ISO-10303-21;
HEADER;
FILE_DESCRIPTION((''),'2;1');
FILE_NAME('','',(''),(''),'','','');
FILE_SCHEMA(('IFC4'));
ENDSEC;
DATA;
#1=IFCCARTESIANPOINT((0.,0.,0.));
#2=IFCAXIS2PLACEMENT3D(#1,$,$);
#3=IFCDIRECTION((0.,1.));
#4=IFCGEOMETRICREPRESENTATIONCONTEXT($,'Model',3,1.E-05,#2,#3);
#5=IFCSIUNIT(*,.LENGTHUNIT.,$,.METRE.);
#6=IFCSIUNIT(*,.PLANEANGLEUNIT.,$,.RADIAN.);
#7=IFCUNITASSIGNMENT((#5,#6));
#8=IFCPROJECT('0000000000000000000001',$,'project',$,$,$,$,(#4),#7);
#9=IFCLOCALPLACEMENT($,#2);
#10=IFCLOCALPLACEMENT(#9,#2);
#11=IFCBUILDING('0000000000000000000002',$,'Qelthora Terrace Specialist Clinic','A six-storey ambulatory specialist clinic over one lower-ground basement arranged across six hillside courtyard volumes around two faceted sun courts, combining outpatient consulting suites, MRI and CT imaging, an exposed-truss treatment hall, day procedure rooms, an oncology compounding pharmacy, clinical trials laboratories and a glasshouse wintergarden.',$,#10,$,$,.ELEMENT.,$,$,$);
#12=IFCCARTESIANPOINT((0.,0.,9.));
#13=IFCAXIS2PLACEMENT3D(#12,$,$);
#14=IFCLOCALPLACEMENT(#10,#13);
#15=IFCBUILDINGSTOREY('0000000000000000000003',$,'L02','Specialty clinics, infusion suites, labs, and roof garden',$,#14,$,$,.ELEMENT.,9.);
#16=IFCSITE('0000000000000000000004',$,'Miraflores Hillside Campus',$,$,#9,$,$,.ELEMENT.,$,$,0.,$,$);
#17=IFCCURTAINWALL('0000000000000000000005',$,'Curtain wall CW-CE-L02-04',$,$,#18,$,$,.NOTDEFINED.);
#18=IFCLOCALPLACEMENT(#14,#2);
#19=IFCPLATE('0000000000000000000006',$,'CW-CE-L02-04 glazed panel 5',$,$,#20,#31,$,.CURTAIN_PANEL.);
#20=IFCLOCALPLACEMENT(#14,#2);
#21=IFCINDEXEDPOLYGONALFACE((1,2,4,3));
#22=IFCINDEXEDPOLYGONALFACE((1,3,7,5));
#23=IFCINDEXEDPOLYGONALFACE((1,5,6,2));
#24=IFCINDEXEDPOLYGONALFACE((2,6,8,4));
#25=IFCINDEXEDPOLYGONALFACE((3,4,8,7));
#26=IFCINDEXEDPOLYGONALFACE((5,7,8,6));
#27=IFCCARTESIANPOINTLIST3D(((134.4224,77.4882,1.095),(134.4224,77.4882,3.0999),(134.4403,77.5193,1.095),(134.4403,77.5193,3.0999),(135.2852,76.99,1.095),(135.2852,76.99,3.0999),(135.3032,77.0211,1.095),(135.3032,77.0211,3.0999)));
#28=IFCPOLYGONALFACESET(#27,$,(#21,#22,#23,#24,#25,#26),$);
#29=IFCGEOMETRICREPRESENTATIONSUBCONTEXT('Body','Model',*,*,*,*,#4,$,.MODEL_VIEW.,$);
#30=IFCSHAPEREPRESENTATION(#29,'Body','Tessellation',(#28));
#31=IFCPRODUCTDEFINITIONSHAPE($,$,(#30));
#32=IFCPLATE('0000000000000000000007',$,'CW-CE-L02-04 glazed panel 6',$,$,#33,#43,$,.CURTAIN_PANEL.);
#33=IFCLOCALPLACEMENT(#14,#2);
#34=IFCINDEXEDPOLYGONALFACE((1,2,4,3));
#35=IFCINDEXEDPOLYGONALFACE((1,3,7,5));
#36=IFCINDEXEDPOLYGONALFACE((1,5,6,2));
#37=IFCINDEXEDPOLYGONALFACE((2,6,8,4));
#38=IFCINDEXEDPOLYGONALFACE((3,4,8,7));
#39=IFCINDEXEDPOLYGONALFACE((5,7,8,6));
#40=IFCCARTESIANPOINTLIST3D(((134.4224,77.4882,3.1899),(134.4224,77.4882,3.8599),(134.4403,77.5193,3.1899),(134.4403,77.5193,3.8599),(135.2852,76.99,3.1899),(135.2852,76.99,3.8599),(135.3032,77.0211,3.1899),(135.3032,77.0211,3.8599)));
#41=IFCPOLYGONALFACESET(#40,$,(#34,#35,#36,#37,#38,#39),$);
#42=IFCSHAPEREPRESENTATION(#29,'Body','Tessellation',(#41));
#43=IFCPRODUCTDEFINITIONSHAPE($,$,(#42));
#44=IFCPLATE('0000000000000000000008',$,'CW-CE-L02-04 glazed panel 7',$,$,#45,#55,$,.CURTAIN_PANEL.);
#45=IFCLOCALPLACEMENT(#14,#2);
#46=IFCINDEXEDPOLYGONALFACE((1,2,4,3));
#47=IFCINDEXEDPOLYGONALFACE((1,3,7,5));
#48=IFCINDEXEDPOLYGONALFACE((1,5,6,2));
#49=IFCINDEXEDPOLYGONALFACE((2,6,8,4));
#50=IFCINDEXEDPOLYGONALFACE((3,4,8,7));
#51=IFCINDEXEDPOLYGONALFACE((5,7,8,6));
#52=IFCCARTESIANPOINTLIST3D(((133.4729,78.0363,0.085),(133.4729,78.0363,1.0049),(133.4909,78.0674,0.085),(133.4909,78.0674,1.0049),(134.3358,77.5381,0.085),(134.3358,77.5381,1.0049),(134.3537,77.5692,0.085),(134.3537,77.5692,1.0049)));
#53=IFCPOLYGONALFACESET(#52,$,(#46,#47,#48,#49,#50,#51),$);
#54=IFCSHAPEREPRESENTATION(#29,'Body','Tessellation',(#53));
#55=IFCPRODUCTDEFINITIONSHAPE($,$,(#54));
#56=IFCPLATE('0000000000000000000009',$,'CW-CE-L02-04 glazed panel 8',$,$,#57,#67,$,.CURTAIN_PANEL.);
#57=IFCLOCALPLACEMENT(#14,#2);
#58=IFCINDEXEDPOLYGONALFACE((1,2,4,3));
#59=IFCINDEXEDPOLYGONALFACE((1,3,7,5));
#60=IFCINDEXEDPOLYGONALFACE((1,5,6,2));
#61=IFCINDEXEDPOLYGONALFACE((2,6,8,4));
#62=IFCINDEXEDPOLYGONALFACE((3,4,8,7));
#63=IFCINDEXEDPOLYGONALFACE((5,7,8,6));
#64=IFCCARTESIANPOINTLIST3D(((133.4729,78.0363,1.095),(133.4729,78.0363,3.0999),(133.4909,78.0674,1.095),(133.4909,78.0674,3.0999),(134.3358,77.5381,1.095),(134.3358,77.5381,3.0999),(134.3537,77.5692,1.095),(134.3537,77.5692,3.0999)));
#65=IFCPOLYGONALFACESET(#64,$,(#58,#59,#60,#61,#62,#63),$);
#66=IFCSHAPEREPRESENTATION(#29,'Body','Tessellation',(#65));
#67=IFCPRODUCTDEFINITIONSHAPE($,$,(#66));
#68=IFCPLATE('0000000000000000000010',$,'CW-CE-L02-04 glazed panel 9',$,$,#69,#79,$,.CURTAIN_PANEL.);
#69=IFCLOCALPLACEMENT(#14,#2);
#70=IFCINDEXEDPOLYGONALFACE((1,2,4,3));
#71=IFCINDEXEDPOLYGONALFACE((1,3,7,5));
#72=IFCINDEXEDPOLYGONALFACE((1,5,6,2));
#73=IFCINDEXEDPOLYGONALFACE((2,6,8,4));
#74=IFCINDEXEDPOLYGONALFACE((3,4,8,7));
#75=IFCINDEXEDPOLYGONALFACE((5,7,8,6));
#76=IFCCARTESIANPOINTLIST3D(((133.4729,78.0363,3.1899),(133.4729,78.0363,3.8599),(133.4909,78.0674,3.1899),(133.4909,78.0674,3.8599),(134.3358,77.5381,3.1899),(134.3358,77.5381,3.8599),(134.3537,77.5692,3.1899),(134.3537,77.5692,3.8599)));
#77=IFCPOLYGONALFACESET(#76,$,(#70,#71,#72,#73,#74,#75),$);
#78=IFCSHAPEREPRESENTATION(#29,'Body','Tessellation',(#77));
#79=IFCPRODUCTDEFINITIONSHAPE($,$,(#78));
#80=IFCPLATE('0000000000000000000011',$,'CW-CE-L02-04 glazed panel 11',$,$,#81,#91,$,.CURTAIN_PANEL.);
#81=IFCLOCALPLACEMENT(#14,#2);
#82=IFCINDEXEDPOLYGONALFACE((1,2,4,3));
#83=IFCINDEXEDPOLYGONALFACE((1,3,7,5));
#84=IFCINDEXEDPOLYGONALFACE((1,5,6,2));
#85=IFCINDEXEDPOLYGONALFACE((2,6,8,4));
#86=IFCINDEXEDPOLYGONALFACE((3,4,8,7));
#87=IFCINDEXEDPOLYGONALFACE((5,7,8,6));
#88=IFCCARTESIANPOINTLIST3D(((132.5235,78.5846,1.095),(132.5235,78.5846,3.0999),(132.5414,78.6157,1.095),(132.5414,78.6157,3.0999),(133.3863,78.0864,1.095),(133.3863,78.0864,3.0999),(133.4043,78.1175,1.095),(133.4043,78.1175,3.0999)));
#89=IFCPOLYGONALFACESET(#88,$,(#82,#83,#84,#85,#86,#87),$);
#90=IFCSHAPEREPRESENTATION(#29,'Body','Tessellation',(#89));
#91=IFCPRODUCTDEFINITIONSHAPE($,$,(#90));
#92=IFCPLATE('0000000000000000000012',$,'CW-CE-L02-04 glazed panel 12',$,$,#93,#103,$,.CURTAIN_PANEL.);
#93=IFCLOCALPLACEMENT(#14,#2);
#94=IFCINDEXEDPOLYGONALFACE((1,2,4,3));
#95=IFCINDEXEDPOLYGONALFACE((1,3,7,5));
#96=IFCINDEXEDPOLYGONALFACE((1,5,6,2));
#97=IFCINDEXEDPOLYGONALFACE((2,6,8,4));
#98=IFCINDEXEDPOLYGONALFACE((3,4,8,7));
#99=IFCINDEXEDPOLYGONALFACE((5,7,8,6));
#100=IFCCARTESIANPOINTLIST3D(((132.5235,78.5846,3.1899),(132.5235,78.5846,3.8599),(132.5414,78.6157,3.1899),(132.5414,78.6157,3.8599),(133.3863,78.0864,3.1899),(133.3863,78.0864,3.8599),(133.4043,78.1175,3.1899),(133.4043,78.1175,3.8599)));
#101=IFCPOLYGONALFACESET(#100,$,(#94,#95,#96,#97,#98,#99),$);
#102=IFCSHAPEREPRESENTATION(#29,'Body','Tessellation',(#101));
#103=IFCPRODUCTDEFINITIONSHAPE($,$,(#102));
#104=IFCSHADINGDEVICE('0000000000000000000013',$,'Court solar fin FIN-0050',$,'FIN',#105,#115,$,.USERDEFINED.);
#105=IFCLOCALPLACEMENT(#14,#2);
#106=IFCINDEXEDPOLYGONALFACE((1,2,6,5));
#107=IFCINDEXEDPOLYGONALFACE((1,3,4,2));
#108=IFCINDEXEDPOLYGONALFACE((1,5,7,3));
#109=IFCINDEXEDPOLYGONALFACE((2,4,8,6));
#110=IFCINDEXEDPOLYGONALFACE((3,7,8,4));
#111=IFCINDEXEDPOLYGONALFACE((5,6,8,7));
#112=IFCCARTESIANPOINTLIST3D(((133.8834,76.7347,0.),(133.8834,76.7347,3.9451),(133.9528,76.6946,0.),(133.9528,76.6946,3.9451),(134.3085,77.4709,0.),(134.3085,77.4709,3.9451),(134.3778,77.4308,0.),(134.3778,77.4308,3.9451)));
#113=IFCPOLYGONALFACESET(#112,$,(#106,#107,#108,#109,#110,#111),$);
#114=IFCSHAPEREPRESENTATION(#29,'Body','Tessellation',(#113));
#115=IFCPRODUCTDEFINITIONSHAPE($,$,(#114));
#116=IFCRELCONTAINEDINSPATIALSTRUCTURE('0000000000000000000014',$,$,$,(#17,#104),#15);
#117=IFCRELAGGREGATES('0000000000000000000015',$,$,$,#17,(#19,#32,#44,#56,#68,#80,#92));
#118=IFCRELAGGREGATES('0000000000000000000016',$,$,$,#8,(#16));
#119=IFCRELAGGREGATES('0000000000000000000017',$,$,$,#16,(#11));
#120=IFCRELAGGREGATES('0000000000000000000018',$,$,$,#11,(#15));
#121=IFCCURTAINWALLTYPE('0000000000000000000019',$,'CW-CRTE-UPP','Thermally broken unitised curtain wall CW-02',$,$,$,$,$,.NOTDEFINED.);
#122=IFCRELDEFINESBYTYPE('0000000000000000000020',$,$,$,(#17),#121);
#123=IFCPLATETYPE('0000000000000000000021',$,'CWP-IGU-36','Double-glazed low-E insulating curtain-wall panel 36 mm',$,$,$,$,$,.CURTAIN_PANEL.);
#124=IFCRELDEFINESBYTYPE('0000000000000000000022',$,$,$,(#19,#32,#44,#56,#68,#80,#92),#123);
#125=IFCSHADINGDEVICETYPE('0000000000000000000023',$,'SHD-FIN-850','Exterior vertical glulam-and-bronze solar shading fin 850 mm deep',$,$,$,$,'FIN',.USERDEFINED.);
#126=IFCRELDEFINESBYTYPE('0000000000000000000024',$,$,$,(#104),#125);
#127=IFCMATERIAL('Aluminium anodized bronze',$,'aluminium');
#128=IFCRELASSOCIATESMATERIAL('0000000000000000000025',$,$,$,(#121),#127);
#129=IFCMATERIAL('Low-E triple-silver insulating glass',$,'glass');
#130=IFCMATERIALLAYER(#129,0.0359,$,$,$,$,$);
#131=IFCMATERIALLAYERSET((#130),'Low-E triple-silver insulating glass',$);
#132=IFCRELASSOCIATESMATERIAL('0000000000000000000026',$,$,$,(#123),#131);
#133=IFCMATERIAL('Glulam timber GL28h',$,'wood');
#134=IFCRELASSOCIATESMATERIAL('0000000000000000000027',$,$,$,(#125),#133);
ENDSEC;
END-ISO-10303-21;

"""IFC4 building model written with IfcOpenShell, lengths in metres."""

from ifc_helpers import new_model, si_unit, direction, frame, origin, origin_2d, place, context, subcontext, project, spatial, rectangle, extrude, material, layer, layer_set, type_object, element, aggregate, save


model = new_model("IFC4")

# Units and contexts
model_context = context("Model", 3, precision=1e-05, world=origin(), true_north=direction((0.0, 1.0)))
body_context = subcontext(model_context, "Body", "Model", "MODEL_VIEW")
ifc_project = project(units=[si_unit("LENGTHUNIT", "METRE"), si_unit("PLANEANGLEUNIT", "RADIAN")], contexts=[model_context])

# Site, building, storey
site_placement = place(None, origin())
site = spatial("IfcSite", under=ifc_project, at=site_placement, Name="Miraflores Hillside Campus", CompositionType="ELEMENT", RefElevation=0.0)
building_placement = place(site_placement, origin())
building = spatial("IfcBuilding", under=site, at=building_placement, Name="Qelthora Terrace Specialist Clinic", Description="A six-storey ambulatory specialist clinic over one lower-ground basement arranged across six hillside courtyard volumes around two faceted sun courts, combining outpatient consulting suites, MRI and CT imaging, an exposed-truss treatment hall, day procedure rooms, an oncology compounding pharmacy, clinical trials laboratories and a glasshouse wintergarden.", CompositionType="ELEMENT")
storey_placement = place(building_placement, frame((0.0, 0.0, 9.0)))
storey = spatial("IfcBuildingStorey", under=building, at=storey_placement, Name="L02", Description="Specialty clinics, infusion suites, labs, and roof garden", CompositionType="ELEMENT", Elevation=9.0)

# Shared definitions
ifc_material_1 = material(Name="Aluminium anodized bronze", Category="aluminium")
curtain_wall_type = type_object("IfcCurtainWallType", Name="CW-CRTE-UPP", Description="Thermally broken unitised curtain wall CW-02", PredefinedType="NOTDEFINED", material=ifc_material_1)

# Curtain wall
curtain_wall_1_placement = place(storey_placement, origin())
curtain_wall_1 = element("IfcCurtainWall", 1, at=curtain_wall_1_placement, inside=storey, type_object=curtain_wall_type, Name="Curtain wall CW-CE-L02-04", PredefinedType="NOTDEFINED")

# Plates
ifc_material_2 = material(Name="Low-E triple-silver insulating glass", Category="glass")
ifc_layer = layer(ifc_material_2, 0.0359)
ifc_layer_set = layer_set([ifc_layer], Name="Low-E triple-silver insulating glass")
plate_type = type_object("IfcPlateType", Name="CWP-IGU-36", Description="Double-glazed low-E insulating curtain-wall panel 36 mm", PredefinedType="CURTAIN_PANEL", material=ifc_layer_set)
plate_1_placement = place(storey_placement, frame((134.8628, 77.2546, 1.095), z_axis=(0.0, 0.0, 1.0), x_axis=(-0.866025, 0.5, 0.0)))
plate_1 = element("IfcPlate", 2, at=plate_1_placement, type_object=plate_type, Name="CW-CE-L02-04 glazed panel 5", PredefinedType="CURTAIN_PANEL", context=body_context, shape_type="SweptSolid", body=[
    extrude(rectangle(XDim=0.9963, YDim=0.0359, at=origin_2d()), origin(), (0.0, 0.0, 1.0), 2.0049),
])
plate_2_placement = place(storey_placement, frame((134.8628, 77.2546, 3.1899), z_axis=(0.0, 0.0, 1.0), x_axis=(-0.866025, 0.5, 0.0)))
plate_2 = element("IfcPlate", 3, at=plate_2_placement, type_object=plate_type, Name="CW-CE-L02-04 glazed panel 6", PredefinedType="CURTAIN_PANEL", context=body_context, shape_type="SweptSolid", body=[
    extrude(rectangle(XDim=0.9963, YDim=0.0359, at=origin_2d()), origin(), (0.0, 0.0, 1.0), 0.6699),
])
plate_3_placement = place(storey_placement, frame((133.9133, 77.8027, 0.085), z_axis=(0.0, 0.0, 1.0), x_axis=(-0.866025, 0.5, 0.0)))
plate_3 = element("IfcPlate", 4, at=plate_3_placement, type_object=plate_type, Name="CW-CE-L02-04 glazed panel 7", PredefinedType="CURTAIN_PANEL", context=body_context, shape_type="SweptSolid", body=[
    extrude(rectangle(XDim=0.9963, YDim=0.0359, at=origin_2d()), origin(), (0.0, 0.0, 1.0), 0.9199),
])
plate_4_placement = place(storey_placement, frame((133.9133, 77.8027, 1.095), z_axis=(0.0, 0.0, 1.0), x_axis=(-0.866025, 0.5, 0.0)))
plate_4 = element("IfcPlate", 5, at=plate_4_placement, type_object=plate_type, Name="CW-CE-L02-04 glazed panel 8", PredefinedType="CURTAIN_PANEL", context=body_context, shape_type="SweptSolid", body=[
    extrude(rectangle(XDim=0.9963, YDim=0.0359, at=origin_2d()), origin(), (0.0, 0.0, 1.0), 2.0049),
])
plate_5_placement = place(storey_placement, frame((133.9133, 77.8027, 3.1899), z_axis=(0.0, 0.0, 1.0), x_axis=(-0.866025, 0.5, 0.0)))
plate_5 = element("IfcPlate", 6, at=plate_5_placement, type_object=plate_type, Name="CW-CE-L02-04 glazed panel 9", PredefinedType="CURTAIN_PANEL", context=body_context, shape_type="SweptSolid", body=[
    extrude(rectangle(XDim=0.9963, YDim=0.0359, at=origin_2d()), origin(), (0.0, 0.0, 1.0), 0.6699),
])
plate_6_placement = place(storey_placement, frame((132.9639, 78.3511, 1.095), z_axis=(0.0, 0.0, 1.0), x_axis=(-0.866025, 0.5, 0.0)))
plate_6 = element("IfcPlate", 7, at=plate_6_placement, type_object=plate_type, Name="CW-CE-L02-04 glazed panel 11", PredefinedType="CURTAIN_PANEL", context=body_context, shape_type="SweptSolid", body=[
    extrude(rectangle(XDim=0.9963, YDim=0.0359, at=origin_2d()), origin(), (0.0, 0.0, 1.0), 2.0049),
])
plate_7_placement = place(storey_placement, frame((132.9639, 78.3511, 3.1899), z_axis=(0.0, 0.0, 1.0), x_axis=(-0.866025, 0.5, 0.0)))
plate_7 = element("IfcPlate", 8, at=plate_7_placement, type_object=plate_type, Name="CW-CE-L02-04 glazed panel 12", PredefinedType="CURTAIN_PANEL", context=body_context, shape_type="SweptSolid", body=[
    extrude(rectangle(XDim=0.9963, YDim=0.0359, at=origin_2d()), origin(), (0.0, 0.0, 1.0), 0.6699),
])
aggregate(curtain_wall_1, [plate_1, plate_2, plate_3, plate_4, plate_5, plate_6, plate_7])

# Shading device
ifc_material_3 = material(Name="Glulam timber GL28h", Category="wood")
shading_device_type = type_object("IfcShadingDeviceType", Name="SHD-FIN-850", Description="Exterior vertical glulam-and-bronze solar shading fin 850 mm deep", ElementType="FIN", PredefinedType="USERDEFINED", material=ifc_material_3)
shading_device_placement = place(storey_placement, frame((134.1306, 77.0828, 0.0), z_axis=(0.0, 0.0, 1.0), x_axis=(-0.5, -0.866025, 0.0)))
element("IfcShadingDevice", 9, at=shading_device_placement, inside=storey, type_object=shading_device_type, Name="Court solar fin FIN-0050", ObjectType="FIN", PredefinedType="USERDEFINED", context=body_context, shape_type="SweptSolid", body=[
    extrude(rectangle(XDim=0.8501, YDim=0.0801, at=origin_2d()), origin(), (0.0, 0.0, 1.0), 3.9451),
])

save(model, "model.ifc")
